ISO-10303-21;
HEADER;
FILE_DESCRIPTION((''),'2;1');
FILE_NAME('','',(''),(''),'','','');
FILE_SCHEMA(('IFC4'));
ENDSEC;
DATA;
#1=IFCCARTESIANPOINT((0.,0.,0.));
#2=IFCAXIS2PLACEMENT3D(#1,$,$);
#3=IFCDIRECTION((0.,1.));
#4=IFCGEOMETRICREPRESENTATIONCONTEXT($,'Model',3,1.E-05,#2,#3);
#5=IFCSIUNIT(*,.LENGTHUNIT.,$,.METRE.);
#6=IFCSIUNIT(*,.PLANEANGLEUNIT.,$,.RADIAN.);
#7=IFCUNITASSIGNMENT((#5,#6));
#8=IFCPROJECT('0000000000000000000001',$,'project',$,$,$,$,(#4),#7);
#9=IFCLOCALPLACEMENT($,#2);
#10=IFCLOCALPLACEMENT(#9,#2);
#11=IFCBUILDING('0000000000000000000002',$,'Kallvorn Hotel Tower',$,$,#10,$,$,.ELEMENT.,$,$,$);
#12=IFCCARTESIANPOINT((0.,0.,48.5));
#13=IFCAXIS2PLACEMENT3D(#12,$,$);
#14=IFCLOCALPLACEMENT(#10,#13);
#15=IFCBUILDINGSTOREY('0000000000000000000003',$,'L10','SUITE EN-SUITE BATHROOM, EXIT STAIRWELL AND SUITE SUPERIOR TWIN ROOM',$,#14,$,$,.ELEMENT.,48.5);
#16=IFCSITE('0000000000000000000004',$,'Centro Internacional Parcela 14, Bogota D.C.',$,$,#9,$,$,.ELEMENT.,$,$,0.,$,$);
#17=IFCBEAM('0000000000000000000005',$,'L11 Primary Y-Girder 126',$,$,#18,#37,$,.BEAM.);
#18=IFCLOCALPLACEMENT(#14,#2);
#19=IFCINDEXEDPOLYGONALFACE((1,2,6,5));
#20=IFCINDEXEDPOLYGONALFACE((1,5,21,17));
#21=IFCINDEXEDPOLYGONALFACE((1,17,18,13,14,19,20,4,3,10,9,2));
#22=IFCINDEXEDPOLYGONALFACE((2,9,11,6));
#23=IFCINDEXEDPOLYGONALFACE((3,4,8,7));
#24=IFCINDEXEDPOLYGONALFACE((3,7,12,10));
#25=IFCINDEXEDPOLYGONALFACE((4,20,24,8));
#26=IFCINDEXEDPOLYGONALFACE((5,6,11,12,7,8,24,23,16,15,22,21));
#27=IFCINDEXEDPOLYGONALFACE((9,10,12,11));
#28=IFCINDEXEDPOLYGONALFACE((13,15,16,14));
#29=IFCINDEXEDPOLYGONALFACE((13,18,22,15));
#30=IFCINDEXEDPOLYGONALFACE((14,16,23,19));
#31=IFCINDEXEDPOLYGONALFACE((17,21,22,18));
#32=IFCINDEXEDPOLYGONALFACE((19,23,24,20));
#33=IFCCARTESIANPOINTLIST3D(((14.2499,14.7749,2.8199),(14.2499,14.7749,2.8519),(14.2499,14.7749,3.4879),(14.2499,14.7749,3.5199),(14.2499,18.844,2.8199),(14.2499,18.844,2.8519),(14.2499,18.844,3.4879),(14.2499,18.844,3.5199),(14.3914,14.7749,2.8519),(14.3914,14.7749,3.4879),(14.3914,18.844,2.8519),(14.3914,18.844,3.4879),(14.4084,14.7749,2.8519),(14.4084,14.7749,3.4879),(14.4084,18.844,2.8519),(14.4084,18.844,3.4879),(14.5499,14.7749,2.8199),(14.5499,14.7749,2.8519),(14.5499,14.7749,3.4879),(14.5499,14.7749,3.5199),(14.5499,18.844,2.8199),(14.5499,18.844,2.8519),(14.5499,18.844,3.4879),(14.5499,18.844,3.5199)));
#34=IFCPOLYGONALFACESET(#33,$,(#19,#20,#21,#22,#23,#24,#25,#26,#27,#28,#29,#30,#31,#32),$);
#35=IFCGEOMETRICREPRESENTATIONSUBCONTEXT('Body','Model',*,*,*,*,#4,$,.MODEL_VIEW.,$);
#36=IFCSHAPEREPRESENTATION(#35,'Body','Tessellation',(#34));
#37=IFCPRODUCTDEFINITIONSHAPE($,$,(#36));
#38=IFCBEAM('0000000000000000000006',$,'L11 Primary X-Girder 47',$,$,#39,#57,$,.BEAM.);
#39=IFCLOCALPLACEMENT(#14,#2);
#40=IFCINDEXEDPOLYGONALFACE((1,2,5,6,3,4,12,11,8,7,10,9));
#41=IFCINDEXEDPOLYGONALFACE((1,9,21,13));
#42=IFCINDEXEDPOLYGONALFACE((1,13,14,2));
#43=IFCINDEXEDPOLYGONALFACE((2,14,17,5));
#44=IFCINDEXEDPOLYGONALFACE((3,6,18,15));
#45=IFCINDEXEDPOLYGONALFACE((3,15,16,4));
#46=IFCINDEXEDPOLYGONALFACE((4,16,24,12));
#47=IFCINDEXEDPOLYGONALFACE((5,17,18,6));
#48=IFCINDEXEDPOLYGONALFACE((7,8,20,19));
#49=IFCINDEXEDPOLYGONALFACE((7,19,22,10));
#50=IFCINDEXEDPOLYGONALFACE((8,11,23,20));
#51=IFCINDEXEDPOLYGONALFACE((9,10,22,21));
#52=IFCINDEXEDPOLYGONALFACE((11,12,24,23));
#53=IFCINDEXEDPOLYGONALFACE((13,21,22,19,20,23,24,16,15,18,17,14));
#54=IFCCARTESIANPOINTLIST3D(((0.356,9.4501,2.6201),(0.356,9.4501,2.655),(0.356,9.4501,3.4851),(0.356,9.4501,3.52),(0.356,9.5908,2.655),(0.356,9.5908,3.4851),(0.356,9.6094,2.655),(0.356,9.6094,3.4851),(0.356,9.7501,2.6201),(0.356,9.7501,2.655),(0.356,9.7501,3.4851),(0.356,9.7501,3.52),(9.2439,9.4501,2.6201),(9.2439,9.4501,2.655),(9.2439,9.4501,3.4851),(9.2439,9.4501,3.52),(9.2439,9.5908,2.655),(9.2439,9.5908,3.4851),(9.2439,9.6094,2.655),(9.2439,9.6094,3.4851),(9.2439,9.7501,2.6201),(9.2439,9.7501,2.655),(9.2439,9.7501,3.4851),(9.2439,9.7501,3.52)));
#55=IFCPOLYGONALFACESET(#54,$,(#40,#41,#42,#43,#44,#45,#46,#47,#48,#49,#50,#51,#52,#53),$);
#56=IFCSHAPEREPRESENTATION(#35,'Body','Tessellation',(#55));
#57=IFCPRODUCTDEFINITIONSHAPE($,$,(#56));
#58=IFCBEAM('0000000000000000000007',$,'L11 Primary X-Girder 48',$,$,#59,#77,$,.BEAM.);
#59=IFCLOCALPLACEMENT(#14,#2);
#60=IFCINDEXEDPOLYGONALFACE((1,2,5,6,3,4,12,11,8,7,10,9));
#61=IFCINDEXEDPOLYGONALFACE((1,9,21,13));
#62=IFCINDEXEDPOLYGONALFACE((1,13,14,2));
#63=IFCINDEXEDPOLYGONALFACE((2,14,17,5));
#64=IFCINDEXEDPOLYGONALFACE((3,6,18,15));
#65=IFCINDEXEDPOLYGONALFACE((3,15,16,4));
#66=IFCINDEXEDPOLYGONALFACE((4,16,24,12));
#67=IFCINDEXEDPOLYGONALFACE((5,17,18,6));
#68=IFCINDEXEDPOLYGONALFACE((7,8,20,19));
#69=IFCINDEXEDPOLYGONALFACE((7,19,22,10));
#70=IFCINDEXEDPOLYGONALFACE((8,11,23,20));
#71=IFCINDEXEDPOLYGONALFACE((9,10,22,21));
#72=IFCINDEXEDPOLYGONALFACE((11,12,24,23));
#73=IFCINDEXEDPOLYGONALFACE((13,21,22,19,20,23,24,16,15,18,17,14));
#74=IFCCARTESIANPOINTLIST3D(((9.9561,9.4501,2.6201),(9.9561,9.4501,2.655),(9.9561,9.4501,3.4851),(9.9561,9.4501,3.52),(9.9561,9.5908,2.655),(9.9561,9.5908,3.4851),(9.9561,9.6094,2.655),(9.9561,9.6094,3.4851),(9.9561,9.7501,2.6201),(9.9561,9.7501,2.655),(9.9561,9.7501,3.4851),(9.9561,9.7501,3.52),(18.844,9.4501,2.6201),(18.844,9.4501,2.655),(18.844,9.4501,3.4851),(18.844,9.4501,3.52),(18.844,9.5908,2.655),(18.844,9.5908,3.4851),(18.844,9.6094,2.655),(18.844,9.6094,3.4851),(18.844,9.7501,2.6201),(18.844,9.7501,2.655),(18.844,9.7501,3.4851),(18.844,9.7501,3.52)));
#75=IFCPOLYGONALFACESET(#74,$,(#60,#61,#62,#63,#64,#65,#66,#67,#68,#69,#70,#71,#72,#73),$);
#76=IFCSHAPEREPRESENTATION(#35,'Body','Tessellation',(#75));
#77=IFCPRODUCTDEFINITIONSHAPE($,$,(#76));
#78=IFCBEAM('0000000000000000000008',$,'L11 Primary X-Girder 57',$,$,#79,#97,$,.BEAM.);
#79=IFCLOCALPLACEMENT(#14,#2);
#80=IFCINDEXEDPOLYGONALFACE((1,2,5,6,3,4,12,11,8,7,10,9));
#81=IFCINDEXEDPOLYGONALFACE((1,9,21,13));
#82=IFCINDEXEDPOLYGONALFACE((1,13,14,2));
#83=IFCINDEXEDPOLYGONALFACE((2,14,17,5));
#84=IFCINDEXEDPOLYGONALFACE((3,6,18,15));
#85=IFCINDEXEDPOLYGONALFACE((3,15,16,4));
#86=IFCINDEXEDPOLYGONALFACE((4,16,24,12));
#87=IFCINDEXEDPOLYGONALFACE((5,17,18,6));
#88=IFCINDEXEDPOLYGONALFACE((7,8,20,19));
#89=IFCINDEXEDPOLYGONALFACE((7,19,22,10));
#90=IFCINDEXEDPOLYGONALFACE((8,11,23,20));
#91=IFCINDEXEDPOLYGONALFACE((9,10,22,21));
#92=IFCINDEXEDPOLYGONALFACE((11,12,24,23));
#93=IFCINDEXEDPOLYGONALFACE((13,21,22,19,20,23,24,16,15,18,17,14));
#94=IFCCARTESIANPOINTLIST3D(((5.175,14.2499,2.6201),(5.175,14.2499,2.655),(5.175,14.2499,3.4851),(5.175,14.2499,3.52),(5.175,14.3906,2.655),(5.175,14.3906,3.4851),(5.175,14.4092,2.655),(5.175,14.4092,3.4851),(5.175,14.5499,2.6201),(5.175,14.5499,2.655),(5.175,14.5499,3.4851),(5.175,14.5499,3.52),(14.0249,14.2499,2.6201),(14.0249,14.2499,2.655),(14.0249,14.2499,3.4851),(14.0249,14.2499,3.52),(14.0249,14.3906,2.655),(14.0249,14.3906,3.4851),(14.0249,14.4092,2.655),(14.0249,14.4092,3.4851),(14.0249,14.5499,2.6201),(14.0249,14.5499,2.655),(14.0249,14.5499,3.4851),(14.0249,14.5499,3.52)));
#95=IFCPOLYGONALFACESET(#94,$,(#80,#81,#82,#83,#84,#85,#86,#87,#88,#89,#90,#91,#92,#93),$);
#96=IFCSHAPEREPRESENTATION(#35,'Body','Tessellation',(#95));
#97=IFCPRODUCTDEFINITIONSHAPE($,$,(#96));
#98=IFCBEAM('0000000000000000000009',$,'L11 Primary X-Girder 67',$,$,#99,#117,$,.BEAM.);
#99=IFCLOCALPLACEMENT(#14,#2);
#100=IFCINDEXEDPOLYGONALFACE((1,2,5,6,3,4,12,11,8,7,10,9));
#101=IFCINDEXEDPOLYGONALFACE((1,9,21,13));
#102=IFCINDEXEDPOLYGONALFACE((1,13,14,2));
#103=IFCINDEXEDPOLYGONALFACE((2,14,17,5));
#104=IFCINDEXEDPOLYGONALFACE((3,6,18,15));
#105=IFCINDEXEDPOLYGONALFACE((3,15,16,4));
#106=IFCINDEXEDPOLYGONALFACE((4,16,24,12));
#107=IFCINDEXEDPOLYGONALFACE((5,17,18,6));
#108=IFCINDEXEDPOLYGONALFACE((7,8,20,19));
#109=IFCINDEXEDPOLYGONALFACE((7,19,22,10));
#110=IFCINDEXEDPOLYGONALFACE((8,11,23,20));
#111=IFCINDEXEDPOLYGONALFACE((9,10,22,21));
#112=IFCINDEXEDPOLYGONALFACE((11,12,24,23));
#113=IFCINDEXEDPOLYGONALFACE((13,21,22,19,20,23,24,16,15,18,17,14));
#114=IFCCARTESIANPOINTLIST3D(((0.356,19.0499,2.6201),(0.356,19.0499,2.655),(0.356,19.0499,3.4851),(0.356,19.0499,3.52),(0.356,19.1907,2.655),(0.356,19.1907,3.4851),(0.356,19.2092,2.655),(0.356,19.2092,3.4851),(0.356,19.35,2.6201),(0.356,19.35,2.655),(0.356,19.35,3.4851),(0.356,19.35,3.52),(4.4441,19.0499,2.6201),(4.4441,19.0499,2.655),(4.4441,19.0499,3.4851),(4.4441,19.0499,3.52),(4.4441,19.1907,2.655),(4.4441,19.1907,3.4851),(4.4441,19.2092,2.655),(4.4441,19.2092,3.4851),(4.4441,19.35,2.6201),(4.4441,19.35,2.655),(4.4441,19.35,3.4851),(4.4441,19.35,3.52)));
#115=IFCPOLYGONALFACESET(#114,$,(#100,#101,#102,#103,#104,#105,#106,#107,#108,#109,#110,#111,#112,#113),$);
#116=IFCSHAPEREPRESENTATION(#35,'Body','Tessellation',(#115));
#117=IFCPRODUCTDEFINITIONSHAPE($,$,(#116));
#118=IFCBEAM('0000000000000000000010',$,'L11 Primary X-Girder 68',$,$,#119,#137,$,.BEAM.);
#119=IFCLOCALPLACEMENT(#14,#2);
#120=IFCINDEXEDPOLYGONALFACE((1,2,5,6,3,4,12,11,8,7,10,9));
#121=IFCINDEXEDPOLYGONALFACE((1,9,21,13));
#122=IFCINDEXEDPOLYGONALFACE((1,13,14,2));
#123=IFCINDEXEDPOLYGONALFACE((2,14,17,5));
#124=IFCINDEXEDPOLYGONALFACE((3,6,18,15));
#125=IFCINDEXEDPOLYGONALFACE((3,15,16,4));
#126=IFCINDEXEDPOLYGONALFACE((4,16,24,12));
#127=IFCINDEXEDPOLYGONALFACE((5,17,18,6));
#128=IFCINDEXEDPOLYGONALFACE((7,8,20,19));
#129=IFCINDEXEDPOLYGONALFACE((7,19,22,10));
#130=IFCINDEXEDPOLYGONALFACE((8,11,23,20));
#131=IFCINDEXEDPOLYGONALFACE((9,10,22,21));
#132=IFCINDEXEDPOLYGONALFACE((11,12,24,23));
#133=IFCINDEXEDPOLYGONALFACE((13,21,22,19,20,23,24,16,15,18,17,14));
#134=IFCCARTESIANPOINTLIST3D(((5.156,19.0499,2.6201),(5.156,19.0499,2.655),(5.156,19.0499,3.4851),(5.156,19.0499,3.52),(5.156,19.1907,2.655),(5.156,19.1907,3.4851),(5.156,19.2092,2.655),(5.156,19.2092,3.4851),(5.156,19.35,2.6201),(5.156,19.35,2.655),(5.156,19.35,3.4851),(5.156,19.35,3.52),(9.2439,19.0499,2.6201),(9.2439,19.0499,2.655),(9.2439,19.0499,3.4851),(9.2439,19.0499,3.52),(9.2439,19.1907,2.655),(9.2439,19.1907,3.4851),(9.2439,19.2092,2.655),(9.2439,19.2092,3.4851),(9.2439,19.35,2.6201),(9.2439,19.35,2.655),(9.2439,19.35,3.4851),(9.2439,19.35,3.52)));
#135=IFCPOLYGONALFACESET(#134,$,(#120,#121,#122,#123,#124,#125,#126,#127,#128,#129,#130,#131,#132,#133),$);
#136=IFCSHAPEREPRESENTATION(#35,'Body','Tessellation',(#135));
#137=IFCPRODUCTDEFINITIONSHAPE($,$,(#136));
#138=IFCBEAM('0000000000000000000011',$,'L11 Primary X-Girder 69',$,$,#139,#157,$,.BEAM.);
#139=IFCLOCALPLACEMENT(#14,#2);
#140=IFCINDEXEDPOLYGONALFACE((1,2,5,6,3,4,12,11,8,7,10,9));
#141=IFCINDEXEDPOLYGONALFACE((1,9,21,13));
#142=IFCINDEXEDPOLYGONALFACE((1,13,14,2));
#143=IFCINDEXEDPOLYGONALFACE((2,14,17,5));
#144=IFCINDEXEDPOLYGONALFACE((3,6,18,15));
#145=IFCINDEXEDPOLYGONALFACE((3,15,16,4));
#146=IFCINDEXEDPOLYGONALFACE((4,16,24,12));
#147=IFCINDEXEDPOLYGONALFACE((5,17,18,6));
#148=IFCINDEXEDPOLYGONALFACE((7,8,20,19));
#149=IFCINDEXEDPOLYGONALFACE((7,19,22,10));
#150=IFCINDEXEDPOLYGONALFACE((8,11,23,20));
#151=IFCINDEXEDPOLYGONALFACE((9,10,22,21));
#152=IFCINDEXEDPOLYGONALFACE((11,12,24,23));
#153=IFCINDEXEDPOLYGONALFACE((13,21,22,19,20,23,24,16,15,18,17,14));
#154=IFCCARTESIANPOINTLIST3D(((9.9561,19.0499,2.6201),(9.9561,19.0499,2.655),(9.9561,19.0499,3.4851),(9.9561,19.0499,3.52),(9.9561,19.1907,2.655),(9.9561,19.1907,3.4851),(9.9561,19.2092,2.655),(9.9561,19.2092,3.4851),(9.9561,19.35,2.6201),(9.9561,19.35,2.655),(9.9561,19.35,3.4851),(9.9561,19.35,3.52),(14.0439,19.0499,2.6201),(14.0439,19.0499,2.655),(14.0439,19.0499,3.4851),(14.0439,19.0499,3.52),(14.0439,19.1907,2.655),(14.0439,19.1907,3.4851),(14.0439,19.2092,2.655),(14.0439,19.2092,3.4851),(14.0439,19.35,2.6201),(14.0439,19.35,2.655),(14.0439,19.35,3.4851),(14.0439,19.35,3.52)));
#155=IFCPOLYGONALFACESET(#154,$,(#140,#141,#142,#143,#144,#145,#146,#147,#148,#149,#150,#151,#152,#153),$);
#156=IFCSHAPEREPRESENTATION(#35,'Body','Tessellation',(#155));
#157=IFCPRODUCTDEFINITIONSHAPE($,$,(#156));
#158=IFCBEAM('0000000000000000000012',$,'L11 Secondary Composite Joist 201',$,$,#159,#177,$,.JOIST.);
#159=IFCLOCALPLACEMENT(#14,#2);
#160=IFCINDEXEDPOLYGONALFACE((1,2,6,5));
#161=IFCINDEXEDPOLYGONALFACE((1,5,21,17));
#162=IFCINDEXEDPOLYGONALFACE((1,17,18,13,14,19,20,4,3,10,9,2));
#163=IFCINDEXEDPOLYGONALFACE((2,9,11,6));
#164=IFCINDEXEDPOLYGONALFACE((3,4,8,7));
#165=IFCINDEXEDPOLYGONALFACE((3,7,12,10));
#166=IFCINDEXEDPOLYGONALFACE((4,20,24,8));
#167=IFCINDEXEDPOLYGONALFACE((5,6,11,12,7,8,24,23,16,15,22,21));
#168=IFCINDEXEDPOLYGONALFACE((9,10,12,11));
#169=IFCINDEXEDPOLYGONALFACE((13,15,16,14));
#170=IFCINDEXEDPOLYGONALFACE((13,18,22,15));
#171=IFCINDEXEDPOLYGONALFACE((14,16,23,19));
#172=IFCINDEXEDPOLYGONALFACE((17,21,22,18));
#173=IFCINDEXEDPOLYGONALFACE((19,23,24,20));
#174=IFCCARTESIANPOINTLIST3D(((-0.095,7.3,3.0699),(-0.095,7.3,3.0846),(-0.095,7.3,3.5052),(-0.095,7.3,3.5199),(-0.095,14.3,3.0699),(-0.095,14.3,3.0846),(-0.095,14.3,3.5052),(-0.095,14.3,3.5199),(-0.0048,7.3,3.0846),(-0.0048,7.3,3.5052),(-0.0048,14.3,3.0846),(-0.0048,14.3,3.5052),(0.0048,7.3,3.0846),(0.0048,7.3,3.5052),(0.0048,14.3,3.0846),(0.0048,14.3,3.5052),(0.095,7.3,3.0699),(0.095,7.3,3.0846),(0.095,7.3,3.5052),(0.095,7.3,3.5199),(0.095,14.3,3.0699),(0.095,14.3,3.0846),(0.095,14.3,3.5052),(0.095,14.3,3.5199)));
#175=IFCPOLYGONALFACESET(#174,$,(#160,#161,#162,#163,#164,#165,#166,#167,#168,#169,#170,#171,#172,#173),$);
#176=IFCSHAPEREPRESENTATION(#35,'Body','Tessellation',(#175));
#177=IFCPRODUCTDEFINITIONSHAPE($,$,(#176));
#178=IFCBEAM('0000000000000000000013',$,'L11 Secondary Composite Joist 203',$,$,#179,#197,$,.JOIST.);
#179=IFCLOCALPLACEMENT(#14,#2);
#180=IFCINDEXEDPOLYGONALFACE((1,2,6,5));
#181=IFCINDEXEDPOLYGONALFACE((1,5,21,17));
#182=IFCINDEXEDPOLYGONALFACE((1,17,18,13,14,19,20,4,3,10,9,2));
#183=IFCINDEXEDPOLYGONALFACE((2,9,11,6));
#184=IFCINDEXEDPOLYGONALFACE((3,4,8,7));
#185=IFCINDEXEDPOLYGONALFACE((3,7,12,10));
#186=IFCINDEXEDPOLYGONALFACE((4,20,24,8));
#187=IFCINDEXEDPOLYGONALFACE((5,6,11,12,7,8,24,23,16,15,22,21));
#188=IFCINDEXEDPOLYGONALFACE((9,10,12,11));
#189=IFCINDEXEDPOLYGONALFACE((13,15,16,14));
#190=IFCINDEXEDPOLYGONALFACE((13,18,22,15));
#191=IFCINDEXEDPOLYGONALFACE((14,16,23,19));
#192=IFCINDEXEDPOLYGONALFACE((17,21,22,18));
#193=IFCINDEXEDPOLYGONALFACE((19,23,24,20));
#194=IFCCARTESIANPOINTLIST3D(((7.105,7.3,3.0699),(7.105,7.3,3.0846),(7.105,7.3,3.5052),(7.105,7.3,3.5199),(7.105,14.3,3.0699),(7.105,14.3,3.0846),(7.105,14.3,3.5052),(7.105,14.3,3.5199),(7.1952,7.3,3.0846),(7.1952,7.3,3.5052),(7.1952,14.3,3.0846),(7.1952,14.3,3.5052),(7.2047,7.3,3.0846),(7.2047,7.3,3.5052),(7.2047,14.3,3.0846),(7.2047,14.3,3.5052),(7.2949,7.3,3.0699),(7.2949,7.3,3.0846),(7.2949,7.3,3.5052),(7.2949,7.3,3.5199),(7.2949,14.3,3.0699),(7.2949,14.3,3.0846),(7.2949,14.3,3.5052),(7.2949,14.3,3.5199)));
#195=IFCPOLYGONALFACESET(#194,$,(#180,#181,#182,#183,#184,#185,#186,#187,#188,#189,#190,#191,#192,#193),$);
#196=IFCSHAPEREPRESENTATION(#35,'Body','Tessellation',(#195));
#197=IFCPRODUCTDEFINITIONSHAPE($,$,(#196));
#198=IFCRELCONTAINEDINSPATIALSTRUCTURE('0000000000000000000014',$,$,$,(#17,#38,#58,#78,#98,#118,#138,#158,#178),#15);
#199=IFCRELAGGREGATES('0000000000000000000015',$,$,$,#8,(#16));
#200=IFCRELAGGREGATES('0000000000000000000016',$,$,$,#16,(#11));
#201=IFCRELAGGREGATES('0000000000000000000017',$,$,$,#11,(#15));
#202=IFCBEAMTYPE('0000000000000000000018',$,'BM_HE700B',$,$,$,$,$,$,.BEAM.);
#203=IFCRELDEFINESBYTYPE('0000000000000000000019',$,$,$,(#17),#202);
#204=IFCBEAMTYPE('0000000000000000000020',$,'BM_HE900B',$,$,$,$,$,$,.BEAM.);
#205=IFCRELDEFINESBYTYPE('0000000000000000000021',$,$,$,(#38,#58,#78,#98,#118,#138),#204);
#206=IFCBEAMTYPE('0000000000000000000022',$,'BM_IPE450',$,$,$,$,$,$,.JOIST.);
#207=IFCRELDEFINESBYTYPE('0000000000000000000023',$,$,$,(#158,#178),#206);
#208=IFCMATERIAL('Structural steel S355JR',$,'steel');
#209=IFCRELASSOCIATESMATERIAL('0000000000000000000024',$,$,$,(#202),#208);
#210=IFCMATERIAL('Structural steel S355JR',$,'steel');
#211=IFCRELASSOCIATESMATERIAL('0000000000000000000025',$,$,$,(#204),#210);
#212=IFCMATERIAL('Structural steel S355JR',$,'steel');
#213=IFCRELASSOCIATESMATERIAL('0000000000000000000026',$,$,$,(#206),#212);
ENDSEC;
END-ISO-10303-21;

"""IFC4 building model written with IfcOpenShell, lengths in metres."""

from ifc_helpers import new_model, si_unit, direction, frame, origin, origin_2d, place, context, subcontext, project, spatial, i_section, extrude, material, material_profile, profile_set, type_object, element, save


model = new_model("IFC4")

# Units and contexts
model_context = context("Model", 3, precision=1e-05, world=origin(), true_north=direction((0.0, 1.0)))
body_context = subcontext(model_context, "Body", "Model", "MODEL_VIEW")
ifc_project = project(units=[si_unit("LENGTHUNIT", "METRE"), si_unit("PLANEANGLEUNIT", "RADIAN")], contexts=[model_context])

# Site, building, storey
site_placement = place(None, origin())
site = spatial("IfcSite", under=ifc_project, at=site_placement, Name="Centro Internacional Parcela 14, Bogota D.C.", CompositionType="ELEMENT", RefElevation=0.0)
building_placement = place(site_placement, origin())
building = spatial("IfcBuilding", under=site, at=building_placement, Name="Kallvorn Hotel Tower", CompositionType="ELEMENT")
storey_placement = place(building_placement, frame((0.0, 0.0, 48.5)))
storey = spatial("IfcBuildingStorey", under=building, at=storey_placement, Name="L10", Description="SUITE EN-SUITE BATHROOM, EXIT STAIRWELL AND SUITE SUPERIOR TWIN ROOM", CompositionType="ELEMENT", Elevation=48.5)

# Beams
ifc_material_1 = material(Name="Structural steel S355JR", Category="steel")
ifc_material_profile_1 = material_profile(ifc_material_1, i_section(OverallWidth=0.3, OverallDepth=0.7, WebThickness=0.0171, FlangeThickness=0.032, at=origin_2d()), Name="HE 700 B")
ifc_profile_set_1 = profile_set([ifc_material_profile_1], Name="Structural steel S355JR")
beam_type_1 = type_object("IfcBeamType", Name="BM_HE700B", PredefinedType="BEAM", material=ifc_profile_set_1)
beam_1_placement = place(storey_placement, frame((14.3999, 14.7749, 3.1699), z_axis=(0.0, 1.0, 0.0), x_axis=(-1.0, 0.0, 0.0)))
element("IfcBeam", 1, at=beam_1_placement, inside=storey, type_object=beam_type_1, Name="L11 Primary Y-Girder 126", PredefinedType="BEAM", context=body_context, shape_type="SweptSolid", body=[
    extrude(i_section(OverallWidth=0.3, OverallDepth=0.7, WebThickness=0.0171, FlangeThickness=0.032, at=origin_2d()), origin(), (0.0, 0.0, 1.0), 4.0691),
])
ifc_material_2 = material(Name="Structural steel S355JR", Category="steel")
ifc_material_profile_2 = material_profile(ifc_material_2, i_section(OverallWidth=0.3, OverallDepth=0.8999, WebThickness=0.0186, FlangeThickness=0.0349, at=origin_2d()), Name="HE 900 B")
ifc_profile_set_2 = profile_set([ifc_material_profile_2], Name="Structural steel S355JR")
beam_type_2 = type_object("IfcBeamType", Name="BM_HE900B", PredefinedType="BEAM", material=ifc_profile_set_2)
for number, where, z_axis, x_axis, name in (
    (2, (0.356, 9.6001, 3.0701), (1.0, 0.0, 0.0), (0.0, 1.0, 0.0), "L11 Primary X-Girder 47"),
    (3, (9.9561, 9.6001, 3.0701), (1.0, 0.0, 0.0), (0.0, 1.0, 0.0), "L11 Primary X-Girder 48"),
):
    element("IfcBeam", number, at=place(storey_placement, frame(where, z_axis=z_axis, x_axis=x_axis)), inside=storey, type_object=beam_type_2, Name=name, PredefinedType="BEAM", context=body_context, shape_type="SweptSolid", body=[
        extrude(i_section(OverallWidth=0.3, OverallDepth=0.8999, WebThickness=0.0186, FlangeThickness=0.0349, at=origin_2d()), origin(), (0.0, 0.0, 1.0), 8.8879),
    ])
beam_2_placement = place(storey_placement, frame((5.175, 14.3999, 3.0701), z_axis=(1.0, 0.0, 0.0), x_axis=(0.0, 1.0, 0.0)))
element("IfcBeam", 4, at=beam_2_placement, inside=storey, type_object=beam_type_2, Name="L11 Primary X-Girder 57", PredefinedType="BEAM", context=body_context, shape_type="SweptSolid", body=[
    extrude(i_section(OverallWidth=0.3, OverallDepth=0.8999, WebThickness=0.0186, FlangeThickness=0.0349, at=origin_2d()), origin(), (0.0, 0.0, 1.0), 8.8499),
])
beam_3_placement = place(storey_placement, frame((0.356, 19.2, 3.0701), z_axis=(1.0, 0.0, 0.0), x_axis=(0.0, 1.0, 0.0)))
element("IfcBeam", 5, at=beam_3_placement, inside=storey, type_object=beam_type_2, Name="L11 Primary X-Girder 67", PredefinedType="BEAM", context=body_context, shape_type="SweptSolid", body=[
    extrude(i_section(OverallWidth=0.3, OverallDepth=0.8999, WebThickness=0.0186, FlangeThickness=0.0349, at=origin_2d()), origin(), (0.0, 0.0, 1.0), 4.0881),
])
for number, where, z_axis, x_axis, name in (
    (6, (5.156, 19.2, 3.0701), (1.0, 0.0, 0.0), (0.0, 1.0, 0.0), "L11 Primary X-Girder 68"),
    (7, (9.9561, 19.2, 3.0701), (1.0, 0.0, 0.0), (0.0, 1.0, 0.0), "L11 Primary X-Girder 69"),
):
    element("IfcBeam", number, at=place(storey_placement, frame(where, z_axis=z_axis, x_axis=x_axis)), inside=storey, type_object=beam_type_2, Name=name, PredefinedType="BEAM", context=body_context, shape_type="SweptSolid", body=[
        extrude(i_section(OverallWidth=0.3, OverallDepth=0.8999, WebThickness=0.0186, FlangeThickness=0.0349, at=origin_2d()), origin(), (0.0, 0.0, 1.0), 4.0879),
    ])
ifc_material_3 = material(Name="Structural steel S355JR", Category="steel")
ifc_material_profile_3 = material_profile(ifc_material_3, i_section(OverallWidth=0.1899, OverallDepth=0.45, WebThickness=0.0095, FlangeThickness=0.0146, at=origin_2d()), Name="IPE 450")
ifc_profile_set_3 = profile_set([ifc_material_profile_3], Name="Structural steel S355JR")
beam_type_3 = type_object("IfcBeamType", Name="BM_IPE450", PredefinedType="JOIST", material=ifc_profile_set_3)
for number, where, z_axis, x_axis, name in (
    (8, (0.0, 7.3, 3.2949), (0.0, 1.0, 0.0), (-1.0, 0.0, 0.0), "L11 Secondary Composite Joist 201"),
    (9, (7.2, 7.3, 3.2949), (0.0, 1.0, 0.0), (-1.0, 0.0, 0.0), "L11 Secondary Composite Joist 203"),
):
    element("IfcBeam", number, at=place(storey_placement, frame(where, z_axis=z_axis, x_axis=x_axis)), inside=storey, type_object=beam_type_3, Name=name, PredefinedType="JOIST", context=body_context, shape_type="SweptSolid", body=[
        extrude(i_section(OverallWidth=0.1899, OverallDepth=0.45, WebThickness=0.0095, FlangeThickness=0.0146, at=origin_2d()), origin(), (0.0, 0.0, 1.0), 7.0),
    ])

save(model, "model.ifc")
